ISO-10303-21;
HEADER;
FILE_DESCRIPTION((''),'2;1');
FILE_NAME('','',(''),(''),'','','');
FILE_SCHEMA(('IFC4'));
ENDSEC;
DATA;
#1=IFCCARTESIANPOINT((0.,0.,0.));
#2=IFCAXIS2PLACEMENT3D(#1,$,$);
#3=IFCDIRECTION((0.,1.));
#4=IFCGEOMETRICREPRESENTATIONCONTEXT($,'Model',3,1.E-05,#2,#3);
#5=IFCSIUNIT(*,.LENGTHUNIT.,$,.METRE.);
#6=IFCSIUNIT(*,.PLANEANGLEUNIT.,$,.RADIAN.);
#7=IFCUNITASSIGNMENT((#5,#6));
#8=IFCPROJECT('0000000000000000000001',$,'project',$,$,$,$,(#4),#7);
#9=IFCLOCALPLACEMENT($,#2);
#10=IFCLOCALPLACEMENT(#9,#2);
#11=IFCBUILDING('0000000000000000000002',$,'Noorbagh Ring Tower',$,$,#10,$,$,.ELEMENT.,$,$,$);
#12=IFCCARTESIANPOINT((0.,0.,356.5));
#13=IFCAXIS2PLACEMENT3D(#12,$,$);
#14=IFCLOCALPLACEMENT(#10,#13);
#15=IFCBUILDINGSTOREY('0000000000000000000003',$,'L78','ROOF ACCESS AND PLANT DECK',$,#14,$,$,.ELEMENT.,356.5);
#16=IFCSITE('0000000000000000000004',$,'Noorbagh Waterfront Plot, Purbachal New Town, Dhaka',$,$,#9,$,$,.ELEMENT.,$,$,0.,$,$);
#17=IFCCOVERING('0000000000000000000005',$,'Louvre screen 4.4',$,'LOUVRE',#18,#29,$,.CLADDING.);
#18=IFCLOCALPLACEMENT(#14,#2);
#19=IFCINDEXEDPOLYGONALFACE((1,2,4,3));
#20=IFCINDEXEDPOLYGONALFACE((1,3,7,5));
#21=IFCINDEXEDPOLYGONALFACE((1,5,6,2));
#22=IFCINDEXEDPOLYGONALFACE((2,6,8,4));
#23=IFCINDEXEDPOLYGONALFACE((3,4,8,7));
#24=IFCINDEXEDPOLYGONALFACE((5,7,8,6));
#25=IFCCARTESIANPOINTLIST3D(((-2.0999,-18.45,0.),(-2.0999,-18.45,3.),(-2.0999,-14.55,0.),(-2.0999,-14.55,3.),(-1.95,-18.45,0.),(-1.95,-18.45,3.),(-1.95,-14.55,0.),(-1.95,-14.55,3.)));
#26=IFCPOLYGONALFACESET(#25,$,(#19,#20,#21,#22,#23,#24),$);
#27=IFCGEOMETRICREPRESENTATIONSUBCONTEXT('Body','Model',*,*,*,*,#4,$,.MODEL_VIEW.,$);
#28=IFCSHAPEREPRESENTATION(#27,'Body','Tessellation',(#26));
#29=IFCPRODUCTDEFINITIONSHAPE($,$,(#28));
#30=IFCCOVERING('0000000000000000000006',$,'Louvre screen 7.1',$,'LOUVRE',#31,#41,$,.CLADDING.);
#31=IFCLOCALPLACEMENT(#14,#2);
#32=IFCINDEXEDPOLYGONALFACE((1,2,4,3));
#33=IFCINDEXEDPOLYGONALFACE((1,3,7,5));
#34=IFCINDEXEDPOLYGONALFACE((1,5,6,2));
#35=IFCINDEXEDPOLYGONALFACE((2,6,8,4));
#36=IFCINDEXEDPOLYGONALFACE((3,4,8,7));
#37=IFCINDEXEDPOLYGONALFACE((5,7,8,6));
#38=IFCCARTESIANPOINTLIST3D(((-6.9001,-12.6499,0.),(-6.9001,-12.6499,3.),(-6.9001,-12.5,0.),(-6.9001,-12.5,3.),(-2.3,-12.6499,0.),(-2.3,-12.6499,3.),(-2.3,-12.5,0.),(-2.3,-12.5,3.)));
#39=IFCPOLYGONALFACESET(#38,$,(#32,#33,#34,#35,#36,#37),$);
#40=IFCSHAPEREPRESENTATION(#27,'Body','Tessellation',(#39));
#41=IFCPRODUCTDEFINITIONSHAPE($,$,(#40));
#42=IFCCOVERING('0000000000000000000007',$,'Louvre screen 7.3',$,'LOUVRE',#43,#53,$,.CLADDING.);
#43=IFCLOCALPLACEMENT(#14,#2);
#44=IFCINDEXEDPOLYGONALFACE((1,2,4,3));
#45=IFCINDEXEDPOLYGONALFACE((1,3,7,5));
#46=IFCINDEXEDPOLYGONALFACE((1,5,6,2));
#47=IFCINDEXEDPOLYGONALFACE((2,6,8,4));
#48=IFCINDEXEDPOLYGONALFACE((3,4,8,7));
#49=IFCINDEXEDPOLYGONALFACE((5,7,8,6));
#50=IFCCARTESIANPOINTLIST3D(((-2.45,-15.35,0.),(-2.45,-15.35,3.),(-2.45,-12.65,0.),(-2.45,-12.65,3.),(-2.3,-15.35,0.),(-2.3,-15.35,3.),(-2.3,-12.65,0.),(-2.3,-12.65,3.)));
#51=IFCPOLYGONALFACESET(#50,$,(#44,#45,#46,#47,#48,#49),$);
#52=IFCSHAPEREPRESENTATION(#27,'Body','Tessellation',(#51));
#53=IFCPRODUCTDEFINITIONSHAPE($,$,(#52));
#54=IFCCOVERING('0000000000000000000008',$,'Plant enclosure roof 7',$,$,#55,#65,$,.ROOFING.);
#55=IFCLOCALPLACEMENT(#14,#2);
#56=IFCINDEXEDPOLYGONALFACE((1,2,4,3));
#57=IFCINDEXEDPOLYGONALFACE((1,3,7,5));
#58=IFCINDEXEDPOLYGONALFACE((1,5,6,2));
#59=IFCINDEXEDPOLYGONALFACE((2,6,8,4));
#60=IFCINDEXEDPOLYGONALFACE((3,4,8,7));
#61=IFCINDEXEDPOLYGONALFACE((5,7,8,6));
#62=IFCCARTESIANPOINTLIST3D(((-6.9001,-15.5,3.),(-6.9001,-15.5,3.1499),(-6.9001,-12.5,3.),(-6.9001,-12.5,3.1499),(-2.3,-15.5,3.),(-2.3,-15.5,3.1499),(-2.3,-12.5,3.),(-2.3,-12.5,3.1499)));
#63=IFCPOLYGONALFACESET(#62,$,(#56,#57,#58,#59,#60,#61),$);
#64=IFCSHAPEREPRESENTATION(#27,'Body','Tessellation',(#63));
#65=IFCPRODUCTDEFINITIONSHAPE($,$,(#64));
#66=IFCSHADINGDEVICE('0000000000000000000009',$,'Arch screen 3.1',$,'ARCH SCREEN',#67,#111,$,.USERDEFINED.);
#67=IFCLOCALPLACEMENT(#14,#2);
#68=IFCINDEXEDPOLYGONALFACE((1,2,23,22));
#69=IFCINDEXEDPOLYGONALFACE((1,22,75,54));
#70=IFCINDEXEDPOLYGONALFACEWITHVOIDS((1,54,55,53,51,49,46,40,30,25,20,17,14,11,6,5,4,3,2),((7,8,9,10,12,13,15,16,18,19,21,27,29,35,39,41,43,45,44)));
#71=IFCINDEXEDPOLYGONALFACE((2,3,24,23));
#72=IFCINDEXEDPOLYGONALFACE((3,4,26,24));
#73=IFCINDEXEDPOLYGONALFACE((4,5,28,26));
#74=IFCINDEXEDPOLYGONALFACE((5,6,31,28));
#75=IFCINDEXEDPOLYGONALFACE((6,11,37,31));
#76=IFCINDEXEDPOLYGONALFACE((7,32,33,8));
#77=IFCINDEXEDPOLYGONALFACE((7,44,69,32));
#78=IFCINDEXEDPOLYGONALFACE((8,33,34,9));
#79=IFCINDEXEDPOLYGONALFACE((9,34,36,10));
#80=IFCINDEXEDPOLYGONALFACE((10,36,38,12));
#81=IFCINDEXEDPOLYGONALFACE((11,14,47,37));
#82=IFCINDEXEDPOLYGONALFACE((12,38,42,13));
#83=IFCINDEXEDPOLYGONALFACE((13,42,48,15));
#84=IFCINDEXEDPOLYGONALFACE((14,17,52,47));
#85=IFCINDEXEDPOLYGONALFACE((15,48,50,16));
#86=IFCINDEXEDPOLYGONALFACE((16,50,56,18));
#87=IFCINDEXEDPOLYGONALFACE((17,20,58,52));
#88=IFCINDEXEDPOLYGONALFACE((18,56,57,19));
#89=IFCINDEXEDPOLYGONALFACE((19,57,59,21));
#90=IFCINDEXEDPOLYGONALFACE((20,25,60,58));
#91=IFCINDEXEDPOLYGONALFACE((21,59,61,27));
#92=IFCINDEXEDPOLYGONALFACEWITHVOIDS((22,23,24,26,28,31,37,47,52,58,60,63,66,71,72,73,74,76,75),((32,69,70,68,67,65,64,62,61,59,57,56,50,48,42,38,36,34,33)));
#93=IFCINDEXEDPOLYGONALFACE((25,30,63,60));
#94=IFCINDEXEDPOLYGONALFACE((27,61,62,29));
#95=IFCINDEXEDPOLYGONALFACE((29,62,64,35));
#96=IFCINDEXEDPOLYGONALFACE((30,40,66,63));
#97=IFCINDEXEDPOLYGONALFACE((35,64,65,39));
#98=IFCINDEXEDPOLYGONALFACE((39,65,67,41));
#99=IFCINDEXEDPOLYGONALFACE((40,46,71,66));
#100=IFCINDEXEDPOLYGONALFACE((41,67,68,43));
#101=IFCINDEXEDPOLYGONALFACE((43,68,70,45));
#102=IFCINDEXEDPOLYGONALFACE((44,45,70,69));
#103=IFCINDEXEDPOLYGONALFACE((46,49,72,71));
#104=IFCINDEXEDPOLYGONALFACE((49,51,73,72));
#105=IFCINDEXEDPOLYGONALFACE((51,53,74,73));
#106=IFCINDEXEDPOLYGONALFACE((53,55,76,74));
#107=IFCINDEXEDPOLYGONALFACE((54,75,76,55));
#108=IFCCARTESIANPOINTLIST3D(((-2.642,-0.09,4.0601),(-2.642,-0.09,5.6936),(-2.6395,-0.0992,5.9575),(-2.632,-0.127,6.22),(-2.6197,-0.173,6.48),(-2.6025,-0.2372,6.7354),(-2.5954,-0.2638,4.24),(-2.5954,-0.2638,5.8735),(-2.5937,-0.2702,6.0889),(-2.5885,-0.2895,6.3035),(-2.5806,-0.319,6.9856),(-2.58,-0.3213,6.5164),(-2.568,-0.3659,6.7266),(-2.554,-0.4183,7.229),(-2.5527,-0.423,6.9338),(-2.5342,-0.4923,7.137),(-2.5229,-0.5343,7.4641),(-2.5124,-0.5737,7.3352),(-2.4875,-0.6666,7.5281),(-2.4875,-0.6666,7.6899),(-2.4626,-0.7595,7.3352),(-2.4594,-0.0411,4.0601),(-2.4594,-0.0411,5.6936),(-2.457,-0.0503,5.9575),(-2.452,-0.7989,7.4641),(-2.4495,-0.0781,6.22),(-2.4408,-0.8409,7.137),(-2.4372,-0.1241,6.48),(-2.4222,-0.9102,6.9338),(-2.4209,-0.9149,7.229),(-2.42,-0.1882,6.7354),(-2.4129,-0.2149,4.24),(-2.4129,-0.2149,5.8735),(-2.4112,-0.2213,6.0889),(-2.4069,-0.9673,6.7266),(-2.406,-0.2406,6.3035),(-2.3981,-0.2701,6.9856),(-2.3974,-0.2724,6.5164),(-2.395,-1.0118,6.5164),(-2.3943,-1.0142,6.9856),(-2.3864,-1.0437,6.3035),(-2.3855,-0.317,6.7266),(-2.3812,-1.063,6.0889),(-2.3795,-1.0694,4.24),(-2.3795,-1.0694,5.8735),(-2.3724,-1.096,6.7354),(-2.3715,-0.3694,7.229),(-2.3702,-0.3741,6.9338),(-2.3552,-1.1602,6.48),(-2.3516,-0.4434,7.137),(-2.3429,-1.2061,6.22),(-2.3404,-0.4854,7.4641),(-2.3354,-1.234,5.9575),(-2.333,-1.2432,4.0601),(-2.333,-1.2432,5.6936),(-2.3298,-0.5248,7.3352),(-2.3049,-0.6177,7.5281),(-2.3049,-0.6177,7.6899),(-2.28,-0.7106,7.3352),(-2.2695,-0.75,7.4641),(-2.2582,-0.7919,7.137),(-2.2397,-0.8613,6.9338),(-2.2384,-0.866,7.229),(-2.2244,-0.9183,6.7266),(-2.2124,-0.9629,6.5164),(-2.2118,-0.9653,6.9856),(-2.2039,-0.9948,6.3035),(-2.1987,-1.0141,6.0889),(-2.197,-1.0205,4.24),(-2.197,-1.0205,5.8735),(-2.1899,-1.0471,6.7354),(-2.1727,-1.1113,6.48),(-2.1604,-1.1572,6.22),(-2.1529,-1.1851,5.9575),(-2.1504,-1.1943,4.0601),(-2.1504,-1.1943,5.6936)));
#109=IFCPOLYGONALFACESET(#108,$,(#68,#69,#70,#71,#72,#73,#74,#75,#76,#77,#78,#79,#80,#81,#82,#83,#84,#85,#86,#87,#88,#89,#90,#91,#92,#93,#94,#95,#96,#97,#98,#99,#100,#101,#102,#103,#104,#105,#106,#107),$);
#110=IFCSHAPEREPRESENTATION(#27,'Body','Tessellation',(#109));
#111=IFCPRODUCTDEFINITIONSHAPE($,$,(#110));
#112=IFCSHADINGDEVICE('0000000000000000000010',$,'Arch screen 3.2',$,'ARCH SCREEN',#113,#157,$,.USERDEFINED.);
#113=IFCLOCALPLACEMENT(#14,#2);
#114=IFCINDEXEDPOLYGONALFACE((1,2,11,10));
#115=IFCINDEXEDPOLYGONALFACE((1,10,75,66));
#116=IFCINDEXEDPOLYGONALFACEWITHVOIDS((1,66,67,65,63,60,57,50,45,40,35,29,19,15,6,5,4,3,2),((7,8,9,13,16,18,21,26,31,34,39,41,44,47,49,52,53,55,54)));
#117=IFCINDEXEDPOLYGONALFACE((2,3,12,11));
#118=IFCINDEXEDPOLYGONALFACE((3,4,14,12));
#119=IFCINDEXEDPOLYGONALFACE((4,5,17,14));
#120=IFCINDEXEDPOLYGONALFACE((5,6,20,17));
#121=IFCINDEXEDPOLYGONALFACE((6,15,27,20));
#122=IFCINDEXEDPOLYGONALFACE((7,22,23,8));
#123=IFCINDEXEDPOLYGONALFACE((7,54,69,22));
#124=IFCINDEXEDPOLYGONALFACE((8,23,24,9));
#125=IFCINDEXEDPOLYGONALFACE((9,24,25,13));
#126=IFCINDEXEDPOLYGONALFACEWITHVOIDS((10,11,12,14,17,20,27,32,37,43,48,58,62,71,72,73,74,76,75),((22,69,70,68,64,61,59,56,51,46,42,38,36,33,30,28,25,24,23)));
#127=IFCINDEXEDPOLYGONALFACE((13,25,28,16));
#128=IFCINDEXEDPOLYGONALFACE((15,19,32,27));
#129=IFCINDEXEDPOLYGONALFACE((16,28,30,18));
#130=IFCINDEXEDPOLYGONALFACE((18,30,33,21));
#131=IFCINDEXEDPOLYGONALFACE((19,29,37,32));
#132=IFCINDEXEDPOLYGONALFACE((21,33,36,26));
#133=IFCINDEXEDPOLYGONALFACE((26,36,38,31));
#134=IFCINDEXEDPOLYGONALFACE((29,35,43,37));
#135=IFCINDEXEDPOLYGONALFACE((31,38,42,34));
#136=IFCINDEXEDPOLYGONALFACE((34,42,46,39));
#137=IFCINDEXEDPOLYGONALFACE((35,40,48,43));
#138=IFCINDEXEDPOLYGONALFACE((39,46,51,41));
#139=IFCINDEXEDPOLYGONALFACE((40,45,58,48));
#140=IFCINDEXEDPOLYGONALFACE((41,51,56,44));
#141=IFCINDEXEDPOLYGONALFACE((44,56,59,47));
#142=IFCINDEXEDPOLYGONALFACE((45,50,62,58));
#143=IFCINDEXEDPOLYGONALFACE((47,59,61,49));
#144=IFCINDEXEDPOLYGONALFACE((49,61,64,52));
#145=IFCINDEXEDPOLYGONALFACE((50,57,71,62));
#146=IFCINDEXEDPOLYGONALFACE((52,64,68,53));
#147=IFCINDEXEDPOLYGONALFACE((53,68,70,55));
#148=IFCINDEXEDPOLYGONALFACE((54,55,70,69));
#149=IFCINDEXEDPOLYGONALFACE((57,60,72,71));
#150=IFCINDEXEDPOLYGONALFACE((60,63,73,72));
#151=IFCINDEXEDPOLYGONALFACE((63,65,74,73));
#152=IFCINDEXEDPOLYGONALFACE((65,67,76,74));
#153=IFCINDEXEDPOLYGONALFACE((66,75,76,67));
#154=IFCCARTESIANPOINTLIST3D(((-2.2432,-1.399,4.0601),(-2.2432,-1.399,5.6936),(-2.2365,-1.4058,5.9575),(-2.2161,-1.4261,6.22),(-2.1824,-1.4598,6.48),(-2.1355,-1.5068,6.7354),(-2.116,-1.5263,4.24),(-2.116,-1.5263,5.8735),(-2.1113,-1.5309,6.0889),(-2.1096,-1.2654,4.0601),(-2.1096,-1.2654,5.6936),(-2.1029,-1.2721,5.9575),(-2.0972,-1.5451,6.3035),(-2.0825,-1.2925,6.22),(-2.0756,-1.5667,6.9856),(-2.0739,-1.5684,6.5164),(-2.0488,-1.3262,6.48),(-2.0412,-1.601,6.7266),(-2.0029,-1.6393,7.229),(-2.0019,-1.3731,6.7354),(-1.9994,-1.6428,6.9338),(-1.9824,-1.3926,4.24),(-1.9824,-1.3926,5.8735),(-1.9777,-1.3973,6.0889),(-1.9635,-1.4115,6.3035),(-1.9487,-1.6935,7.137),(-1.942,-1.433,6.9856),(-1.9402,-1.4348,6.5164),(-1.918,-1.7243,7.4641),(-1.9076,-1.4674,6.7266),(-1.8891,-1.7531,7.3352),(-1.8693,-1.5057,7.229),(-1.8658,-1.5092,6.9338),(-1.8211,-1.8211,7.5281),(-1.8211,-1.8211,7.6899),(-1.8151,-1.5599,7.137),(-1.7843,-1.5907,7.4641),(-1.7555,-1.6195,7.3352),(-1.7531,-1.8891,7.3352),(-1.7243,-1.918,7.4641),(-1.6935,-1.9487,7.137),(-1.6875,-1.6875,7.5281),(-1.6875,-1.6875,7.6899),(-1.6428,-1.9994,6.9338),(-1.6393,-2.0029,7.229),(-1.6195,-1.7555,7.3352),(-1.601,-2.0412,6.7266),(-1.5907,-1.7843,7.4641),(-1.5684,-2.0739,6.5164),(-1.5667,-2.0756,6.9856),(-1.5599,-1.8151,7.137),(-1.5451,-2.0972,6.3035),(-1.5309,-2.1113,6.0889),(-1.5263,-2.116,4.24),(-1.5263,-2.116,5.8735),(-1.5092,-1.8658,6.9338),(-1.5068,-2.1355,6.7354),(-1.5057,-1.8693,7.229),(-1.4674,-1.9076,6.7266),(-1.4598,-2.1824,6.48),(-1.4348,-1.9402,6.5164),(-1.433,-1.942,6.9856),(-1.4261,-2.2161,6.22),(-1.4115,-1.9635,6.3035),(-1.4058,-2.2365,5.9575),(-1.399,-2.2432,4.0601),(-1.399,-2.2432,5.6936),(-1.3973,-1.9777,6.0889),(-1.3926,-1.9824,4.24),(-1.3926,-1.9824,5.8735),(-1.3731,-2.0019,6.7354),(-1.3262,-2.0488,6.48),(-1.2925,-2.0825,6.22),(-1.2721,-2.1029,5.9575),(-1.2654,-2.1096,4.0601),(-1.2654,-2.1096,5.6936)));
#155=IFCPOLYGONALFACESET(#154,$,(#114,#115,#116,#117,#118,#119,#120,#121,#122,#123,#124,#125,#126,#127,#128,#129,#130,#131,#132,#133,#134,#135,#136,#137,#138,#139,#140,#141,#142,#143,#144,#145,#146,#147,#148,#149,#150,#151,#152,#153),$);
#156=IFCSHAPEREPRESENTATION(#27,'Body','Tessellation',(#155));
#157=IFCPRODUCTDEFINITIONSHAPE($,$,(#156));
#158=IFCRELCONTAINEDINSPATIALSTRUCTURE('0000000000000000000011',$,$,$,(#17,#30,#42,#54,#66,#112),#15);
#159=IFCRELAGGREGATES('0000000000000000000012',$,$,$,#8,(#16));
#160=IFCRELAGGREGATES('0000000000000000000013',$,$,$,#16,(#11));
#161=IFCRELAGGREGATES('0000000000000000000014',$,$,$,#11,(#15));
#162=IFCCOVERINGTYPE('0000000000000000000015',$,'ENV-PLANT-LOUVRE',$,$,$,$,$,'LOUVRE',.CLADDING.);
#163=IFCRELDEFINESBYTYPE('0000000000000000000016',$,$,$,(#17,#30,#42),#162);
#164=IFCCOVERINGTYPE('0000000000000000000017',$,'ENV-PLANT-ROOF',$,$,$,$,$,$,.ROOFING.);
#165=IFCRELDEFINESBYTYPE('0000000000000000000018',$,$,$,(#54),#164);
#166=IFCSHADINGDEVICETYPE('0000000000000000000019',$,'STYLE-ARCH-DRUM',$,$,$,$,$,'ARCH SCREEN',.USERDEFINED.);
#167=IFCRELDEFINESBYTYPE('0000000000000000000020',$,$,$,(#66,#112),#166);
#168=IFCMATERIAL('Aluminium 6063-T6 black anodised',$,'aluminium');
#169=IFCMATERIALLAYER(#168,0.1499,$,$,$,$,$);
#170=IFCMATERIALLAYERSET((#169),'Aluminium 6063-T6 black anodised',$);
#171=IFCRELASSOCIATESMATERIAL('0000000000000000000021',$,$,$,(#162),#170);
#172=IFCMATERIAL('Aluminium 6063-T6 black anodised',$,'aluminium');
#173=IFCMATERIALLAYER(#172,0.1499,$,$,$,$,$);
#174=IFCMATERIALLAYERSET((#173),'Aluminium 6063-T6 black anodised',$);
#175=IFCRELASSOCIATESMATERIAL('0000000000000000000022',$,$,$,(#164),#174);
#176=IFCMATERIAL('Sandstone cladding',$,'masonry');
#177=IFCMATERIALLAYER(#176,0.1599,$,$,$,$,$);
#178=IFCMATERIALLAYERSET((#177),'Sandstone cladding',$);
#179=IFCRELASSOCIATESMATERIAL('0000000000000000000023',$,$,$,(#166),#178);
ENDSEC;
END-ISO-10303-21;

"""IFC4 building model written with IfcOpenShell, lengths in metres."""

from ifc_helpers import new_model, si_unit, direction, frame, origin, origin_2d, place, context, subcontext, project, spatial, polyline, rectangle, outline, extrude, material, layer, layer_set, type_object, element, save


model = new_model("IFC4")

# Units and contexts
model_context = context("Model", 3, precision=1e-05, world=origin(), true_north=direction((0.0, 1.0)))
body_context = subcontext(model_context, "Body", "Model", "MODEL_VIEW")
ifc_project = project(units=[si_unit("LENGTHUNIT", "METRE"), si_unit("PLANEANGLEUNIT", "RADIAN")], contexts=[model_context])

# Site, building, storey
site_placement = place(None, origin())
site = spatial("IfcSite", under=ifc_project, at=site_placement, Name="Noorbagh Waterfront Plot, Purbachal New Town, Dhaka", CompositionType="ELEMENT", RefElevation=0.0)
building_placement = place(site_placement, origin())
building = spatial("IfcBuilding", under=site, at=building_placement, Name="Noorbagh Ring Tower", CompositionType="ELEMENT")
storey_placement = place(building_placement, frame((0.0, 0.0, 356.5)))
storey = spatial("IfcBuildingStorey", under=building, at=storey_placement, Name="L78", Description="ROOF ACCESS AND PLANT DECK", CompositionType="ELEMENT", Elevation=356.5)

# Coverings
ifc_material_1 = material(Name="Aluminium 6063-T6 black anodised", Category="aluminium")
ifc_layer_1 = layer(ifc_material_1, 0.1499)
ifc_layer_set_1 = layer_set([ifc_layer_1], Name="Aluminium 6063-T6 black anodised")
covering_type_1 = type_object("IfcCoveringType", Name="ENV-PLANT-LOUVRE", ElementType="LOUVRE", PredefinedType="CLADDING", material=ifc_layer_set_1)
covering_1_placement = place(storey_placement, frame((-2.0249, -16.5, 0.0), z_axis=(0.0, 0.0, 1.0), x_axis=(1.0, 0.0, 0.0)))
element("IfcCovering", 1, at=covering_1_placement, inside=storey, type_object=covering_type_1, Name="Louvre screen 4.4", ObjectType="LOUVRE", PredefinedType="CLADDING", context=body_context, shape_type="SweptSolid", body=[
    extrude(rectangle(XDim=0.1499, YDim=3.8999, at=origin_2d()), origin(), (0.0, 0.0, 1.0), 3.0),
])
covering_2_placement = place(storey_placement, frame((-4.6001, -12.575, 0.0), z_axis=(0.0, 0.0, 1.0), x_axis=(1.0, 0.0, 0.0)))
element("IfcCovering", 2, at=covering_2_placement, inside=storey, type_object=covering_type_1, Name="Louvre screen 7.1", ObjectType="LOUVRE", PredefinedType="CLADDING", context=body_context, shape_type="SweptSolid", body=[
    extrude(rectangle(XDim=4.6001, YDim=0.1499, at=origin_2d()), origin(), (0.0, 0.0, 1.0), 3.0),
])
covering_3_placement = place(storey_placement, frame((-2.375, -14.0, 0.0), z_axis=(0.0, 0.0, 1.0), x_axis=(1.0, 0.0, 0.0)))
element("IfcCovering", 3, at=covering_3_placement, inside=storey, type_object=covering_type_1, Name="Louvre screen 7.3", ObjectType="LOUVRE", PredefinedType="CLADDING", context=body_context, shape_type="SweptSolid", body=[
    extrude(rectangle(XDim=0.1499, YDim=2.7, at=origin_2d()), origin(), (0.0, 0.0, 1.0), 3.0),
])
ifc_material_2 = material(Name="Aluminium 6063-T6 black anodised", Category="aluminium")
ifc_layer_2 = layer(ifc_material_2, 0.1499)
ifc_layer_set_2 = layer_set([ifc_layer_2], Name="Aluminium 6063-T6 black anodised")
covering_type_2 = type_object("IfcCoveringType", Name="ENV-PLANT-ROOF", PredefinedType="ROOFING", material=ifc_layer_set_2)
covering_4_placement = place(storey_placement, frame((-4.6001, -14.0, 3.0), z_axis=(0.0, 0.0, 1.0), x_axis=(1.0, 0.0, 0.0)))
element("IfcCovering", 4, at=covering_4_placement, inside=storey, type_object=covering_type_2, Name="Plant enclosure roof 7", PredefinedType="ROOFING", context=body_context, shape_type="SweptSolid", body=[
    extrude(rectangle(XDim=4.6001, YDim=3.0, at=origin_2d()), origin(), (0.0, 0.0, 1.0), 0.1499),
])

# Shading devices
ifc_material_3 = material(Name="Sandstone cladding", Category="masonry")
ifc_layer_3 = layer(ifc_material_3, 0.1599)
ifc_layer_set_3 = layer_set([ifc_layer_3], Name="Sandstone cladding")
shading_device_type = type_object("IfcShadingDeviceType", Name="STYLE-ARCH-DRUM", ElementType="ARCH SCREEN", PredefinedType="USERDEFINED", material=ifc_layer_set_3)
for number, where, z_axis, x_axis, name in (
    (5, (-2.3049, -0.6177, 4.0601), (-0.965926, -0.258819, 0.0), (0.258819, -0.965926, 0.0), "Arch screen 3.1"),
    (6, (-1.6875, -1.6875, 4.0601), (-0.707107, -0.707107, 0.0), (0.707107, -0.707107, 0.0), "Arch screen 3.2"),
):
    element("IfcShadingDevice", number, at=place(storey_placement, frame(where, z_axis=z_axis, x_axis=x_axis)), inside=storey, type_object=shading_device_type, Name=name, ObjectType="ARCH SCREEN", PredefinedType="USERDEFINED", context=body_context, shape_type="SweptSolid", body=[
        extrude(outline(polyline([(-0.5969, 0.0), (0.5969, 0.0), (0.5969, 1.6335), (0.5874, 1.8975), (0.5586, 2.1599), (0.511, 2.4199), (0.4446, 2.6753), (0.3599, 2.9255), (0.2571, 3.1689), (0.137, 3.4041), (0.0, 3.6299), (-0.137, 3.4041), (-0.2571, 3.1689), (-0.3599, 2.9255), (-0.4446, 2.6753), (-0.511, 2.4199), (-0.5586, 2.1599), (-0.5874, 1.8975), (-0.5969, 1.6335), (-0.5969, 0.0)]), holes=[polyline([(-0.417, 0.1799), (0.417, 0.1799), (0.417, 1.8135), (0.4104, 2.0288), (0.3904, 2.2434), (0.3574, 2.4563), (0.3113, 2.6665), (0.2522, 2.8738), (0.1804, 3.0769), (0.0962, 3.2751), (0.0, 3.468), (-0.0962, 3.2751), (-0.1804, 3.0769), (-0.2522, 2.8738), (-0.3113, 2.6665), (-0.3574, 2.4563), (-0.3904, 2.2434), (-0.4104, 2.0288), (-0.417, 1.8135), (-0.417, 0.1799)])]), origin(), (0.0, 0.0, 1.0), 0.189),
    ])

save(model, "model.ifc")
